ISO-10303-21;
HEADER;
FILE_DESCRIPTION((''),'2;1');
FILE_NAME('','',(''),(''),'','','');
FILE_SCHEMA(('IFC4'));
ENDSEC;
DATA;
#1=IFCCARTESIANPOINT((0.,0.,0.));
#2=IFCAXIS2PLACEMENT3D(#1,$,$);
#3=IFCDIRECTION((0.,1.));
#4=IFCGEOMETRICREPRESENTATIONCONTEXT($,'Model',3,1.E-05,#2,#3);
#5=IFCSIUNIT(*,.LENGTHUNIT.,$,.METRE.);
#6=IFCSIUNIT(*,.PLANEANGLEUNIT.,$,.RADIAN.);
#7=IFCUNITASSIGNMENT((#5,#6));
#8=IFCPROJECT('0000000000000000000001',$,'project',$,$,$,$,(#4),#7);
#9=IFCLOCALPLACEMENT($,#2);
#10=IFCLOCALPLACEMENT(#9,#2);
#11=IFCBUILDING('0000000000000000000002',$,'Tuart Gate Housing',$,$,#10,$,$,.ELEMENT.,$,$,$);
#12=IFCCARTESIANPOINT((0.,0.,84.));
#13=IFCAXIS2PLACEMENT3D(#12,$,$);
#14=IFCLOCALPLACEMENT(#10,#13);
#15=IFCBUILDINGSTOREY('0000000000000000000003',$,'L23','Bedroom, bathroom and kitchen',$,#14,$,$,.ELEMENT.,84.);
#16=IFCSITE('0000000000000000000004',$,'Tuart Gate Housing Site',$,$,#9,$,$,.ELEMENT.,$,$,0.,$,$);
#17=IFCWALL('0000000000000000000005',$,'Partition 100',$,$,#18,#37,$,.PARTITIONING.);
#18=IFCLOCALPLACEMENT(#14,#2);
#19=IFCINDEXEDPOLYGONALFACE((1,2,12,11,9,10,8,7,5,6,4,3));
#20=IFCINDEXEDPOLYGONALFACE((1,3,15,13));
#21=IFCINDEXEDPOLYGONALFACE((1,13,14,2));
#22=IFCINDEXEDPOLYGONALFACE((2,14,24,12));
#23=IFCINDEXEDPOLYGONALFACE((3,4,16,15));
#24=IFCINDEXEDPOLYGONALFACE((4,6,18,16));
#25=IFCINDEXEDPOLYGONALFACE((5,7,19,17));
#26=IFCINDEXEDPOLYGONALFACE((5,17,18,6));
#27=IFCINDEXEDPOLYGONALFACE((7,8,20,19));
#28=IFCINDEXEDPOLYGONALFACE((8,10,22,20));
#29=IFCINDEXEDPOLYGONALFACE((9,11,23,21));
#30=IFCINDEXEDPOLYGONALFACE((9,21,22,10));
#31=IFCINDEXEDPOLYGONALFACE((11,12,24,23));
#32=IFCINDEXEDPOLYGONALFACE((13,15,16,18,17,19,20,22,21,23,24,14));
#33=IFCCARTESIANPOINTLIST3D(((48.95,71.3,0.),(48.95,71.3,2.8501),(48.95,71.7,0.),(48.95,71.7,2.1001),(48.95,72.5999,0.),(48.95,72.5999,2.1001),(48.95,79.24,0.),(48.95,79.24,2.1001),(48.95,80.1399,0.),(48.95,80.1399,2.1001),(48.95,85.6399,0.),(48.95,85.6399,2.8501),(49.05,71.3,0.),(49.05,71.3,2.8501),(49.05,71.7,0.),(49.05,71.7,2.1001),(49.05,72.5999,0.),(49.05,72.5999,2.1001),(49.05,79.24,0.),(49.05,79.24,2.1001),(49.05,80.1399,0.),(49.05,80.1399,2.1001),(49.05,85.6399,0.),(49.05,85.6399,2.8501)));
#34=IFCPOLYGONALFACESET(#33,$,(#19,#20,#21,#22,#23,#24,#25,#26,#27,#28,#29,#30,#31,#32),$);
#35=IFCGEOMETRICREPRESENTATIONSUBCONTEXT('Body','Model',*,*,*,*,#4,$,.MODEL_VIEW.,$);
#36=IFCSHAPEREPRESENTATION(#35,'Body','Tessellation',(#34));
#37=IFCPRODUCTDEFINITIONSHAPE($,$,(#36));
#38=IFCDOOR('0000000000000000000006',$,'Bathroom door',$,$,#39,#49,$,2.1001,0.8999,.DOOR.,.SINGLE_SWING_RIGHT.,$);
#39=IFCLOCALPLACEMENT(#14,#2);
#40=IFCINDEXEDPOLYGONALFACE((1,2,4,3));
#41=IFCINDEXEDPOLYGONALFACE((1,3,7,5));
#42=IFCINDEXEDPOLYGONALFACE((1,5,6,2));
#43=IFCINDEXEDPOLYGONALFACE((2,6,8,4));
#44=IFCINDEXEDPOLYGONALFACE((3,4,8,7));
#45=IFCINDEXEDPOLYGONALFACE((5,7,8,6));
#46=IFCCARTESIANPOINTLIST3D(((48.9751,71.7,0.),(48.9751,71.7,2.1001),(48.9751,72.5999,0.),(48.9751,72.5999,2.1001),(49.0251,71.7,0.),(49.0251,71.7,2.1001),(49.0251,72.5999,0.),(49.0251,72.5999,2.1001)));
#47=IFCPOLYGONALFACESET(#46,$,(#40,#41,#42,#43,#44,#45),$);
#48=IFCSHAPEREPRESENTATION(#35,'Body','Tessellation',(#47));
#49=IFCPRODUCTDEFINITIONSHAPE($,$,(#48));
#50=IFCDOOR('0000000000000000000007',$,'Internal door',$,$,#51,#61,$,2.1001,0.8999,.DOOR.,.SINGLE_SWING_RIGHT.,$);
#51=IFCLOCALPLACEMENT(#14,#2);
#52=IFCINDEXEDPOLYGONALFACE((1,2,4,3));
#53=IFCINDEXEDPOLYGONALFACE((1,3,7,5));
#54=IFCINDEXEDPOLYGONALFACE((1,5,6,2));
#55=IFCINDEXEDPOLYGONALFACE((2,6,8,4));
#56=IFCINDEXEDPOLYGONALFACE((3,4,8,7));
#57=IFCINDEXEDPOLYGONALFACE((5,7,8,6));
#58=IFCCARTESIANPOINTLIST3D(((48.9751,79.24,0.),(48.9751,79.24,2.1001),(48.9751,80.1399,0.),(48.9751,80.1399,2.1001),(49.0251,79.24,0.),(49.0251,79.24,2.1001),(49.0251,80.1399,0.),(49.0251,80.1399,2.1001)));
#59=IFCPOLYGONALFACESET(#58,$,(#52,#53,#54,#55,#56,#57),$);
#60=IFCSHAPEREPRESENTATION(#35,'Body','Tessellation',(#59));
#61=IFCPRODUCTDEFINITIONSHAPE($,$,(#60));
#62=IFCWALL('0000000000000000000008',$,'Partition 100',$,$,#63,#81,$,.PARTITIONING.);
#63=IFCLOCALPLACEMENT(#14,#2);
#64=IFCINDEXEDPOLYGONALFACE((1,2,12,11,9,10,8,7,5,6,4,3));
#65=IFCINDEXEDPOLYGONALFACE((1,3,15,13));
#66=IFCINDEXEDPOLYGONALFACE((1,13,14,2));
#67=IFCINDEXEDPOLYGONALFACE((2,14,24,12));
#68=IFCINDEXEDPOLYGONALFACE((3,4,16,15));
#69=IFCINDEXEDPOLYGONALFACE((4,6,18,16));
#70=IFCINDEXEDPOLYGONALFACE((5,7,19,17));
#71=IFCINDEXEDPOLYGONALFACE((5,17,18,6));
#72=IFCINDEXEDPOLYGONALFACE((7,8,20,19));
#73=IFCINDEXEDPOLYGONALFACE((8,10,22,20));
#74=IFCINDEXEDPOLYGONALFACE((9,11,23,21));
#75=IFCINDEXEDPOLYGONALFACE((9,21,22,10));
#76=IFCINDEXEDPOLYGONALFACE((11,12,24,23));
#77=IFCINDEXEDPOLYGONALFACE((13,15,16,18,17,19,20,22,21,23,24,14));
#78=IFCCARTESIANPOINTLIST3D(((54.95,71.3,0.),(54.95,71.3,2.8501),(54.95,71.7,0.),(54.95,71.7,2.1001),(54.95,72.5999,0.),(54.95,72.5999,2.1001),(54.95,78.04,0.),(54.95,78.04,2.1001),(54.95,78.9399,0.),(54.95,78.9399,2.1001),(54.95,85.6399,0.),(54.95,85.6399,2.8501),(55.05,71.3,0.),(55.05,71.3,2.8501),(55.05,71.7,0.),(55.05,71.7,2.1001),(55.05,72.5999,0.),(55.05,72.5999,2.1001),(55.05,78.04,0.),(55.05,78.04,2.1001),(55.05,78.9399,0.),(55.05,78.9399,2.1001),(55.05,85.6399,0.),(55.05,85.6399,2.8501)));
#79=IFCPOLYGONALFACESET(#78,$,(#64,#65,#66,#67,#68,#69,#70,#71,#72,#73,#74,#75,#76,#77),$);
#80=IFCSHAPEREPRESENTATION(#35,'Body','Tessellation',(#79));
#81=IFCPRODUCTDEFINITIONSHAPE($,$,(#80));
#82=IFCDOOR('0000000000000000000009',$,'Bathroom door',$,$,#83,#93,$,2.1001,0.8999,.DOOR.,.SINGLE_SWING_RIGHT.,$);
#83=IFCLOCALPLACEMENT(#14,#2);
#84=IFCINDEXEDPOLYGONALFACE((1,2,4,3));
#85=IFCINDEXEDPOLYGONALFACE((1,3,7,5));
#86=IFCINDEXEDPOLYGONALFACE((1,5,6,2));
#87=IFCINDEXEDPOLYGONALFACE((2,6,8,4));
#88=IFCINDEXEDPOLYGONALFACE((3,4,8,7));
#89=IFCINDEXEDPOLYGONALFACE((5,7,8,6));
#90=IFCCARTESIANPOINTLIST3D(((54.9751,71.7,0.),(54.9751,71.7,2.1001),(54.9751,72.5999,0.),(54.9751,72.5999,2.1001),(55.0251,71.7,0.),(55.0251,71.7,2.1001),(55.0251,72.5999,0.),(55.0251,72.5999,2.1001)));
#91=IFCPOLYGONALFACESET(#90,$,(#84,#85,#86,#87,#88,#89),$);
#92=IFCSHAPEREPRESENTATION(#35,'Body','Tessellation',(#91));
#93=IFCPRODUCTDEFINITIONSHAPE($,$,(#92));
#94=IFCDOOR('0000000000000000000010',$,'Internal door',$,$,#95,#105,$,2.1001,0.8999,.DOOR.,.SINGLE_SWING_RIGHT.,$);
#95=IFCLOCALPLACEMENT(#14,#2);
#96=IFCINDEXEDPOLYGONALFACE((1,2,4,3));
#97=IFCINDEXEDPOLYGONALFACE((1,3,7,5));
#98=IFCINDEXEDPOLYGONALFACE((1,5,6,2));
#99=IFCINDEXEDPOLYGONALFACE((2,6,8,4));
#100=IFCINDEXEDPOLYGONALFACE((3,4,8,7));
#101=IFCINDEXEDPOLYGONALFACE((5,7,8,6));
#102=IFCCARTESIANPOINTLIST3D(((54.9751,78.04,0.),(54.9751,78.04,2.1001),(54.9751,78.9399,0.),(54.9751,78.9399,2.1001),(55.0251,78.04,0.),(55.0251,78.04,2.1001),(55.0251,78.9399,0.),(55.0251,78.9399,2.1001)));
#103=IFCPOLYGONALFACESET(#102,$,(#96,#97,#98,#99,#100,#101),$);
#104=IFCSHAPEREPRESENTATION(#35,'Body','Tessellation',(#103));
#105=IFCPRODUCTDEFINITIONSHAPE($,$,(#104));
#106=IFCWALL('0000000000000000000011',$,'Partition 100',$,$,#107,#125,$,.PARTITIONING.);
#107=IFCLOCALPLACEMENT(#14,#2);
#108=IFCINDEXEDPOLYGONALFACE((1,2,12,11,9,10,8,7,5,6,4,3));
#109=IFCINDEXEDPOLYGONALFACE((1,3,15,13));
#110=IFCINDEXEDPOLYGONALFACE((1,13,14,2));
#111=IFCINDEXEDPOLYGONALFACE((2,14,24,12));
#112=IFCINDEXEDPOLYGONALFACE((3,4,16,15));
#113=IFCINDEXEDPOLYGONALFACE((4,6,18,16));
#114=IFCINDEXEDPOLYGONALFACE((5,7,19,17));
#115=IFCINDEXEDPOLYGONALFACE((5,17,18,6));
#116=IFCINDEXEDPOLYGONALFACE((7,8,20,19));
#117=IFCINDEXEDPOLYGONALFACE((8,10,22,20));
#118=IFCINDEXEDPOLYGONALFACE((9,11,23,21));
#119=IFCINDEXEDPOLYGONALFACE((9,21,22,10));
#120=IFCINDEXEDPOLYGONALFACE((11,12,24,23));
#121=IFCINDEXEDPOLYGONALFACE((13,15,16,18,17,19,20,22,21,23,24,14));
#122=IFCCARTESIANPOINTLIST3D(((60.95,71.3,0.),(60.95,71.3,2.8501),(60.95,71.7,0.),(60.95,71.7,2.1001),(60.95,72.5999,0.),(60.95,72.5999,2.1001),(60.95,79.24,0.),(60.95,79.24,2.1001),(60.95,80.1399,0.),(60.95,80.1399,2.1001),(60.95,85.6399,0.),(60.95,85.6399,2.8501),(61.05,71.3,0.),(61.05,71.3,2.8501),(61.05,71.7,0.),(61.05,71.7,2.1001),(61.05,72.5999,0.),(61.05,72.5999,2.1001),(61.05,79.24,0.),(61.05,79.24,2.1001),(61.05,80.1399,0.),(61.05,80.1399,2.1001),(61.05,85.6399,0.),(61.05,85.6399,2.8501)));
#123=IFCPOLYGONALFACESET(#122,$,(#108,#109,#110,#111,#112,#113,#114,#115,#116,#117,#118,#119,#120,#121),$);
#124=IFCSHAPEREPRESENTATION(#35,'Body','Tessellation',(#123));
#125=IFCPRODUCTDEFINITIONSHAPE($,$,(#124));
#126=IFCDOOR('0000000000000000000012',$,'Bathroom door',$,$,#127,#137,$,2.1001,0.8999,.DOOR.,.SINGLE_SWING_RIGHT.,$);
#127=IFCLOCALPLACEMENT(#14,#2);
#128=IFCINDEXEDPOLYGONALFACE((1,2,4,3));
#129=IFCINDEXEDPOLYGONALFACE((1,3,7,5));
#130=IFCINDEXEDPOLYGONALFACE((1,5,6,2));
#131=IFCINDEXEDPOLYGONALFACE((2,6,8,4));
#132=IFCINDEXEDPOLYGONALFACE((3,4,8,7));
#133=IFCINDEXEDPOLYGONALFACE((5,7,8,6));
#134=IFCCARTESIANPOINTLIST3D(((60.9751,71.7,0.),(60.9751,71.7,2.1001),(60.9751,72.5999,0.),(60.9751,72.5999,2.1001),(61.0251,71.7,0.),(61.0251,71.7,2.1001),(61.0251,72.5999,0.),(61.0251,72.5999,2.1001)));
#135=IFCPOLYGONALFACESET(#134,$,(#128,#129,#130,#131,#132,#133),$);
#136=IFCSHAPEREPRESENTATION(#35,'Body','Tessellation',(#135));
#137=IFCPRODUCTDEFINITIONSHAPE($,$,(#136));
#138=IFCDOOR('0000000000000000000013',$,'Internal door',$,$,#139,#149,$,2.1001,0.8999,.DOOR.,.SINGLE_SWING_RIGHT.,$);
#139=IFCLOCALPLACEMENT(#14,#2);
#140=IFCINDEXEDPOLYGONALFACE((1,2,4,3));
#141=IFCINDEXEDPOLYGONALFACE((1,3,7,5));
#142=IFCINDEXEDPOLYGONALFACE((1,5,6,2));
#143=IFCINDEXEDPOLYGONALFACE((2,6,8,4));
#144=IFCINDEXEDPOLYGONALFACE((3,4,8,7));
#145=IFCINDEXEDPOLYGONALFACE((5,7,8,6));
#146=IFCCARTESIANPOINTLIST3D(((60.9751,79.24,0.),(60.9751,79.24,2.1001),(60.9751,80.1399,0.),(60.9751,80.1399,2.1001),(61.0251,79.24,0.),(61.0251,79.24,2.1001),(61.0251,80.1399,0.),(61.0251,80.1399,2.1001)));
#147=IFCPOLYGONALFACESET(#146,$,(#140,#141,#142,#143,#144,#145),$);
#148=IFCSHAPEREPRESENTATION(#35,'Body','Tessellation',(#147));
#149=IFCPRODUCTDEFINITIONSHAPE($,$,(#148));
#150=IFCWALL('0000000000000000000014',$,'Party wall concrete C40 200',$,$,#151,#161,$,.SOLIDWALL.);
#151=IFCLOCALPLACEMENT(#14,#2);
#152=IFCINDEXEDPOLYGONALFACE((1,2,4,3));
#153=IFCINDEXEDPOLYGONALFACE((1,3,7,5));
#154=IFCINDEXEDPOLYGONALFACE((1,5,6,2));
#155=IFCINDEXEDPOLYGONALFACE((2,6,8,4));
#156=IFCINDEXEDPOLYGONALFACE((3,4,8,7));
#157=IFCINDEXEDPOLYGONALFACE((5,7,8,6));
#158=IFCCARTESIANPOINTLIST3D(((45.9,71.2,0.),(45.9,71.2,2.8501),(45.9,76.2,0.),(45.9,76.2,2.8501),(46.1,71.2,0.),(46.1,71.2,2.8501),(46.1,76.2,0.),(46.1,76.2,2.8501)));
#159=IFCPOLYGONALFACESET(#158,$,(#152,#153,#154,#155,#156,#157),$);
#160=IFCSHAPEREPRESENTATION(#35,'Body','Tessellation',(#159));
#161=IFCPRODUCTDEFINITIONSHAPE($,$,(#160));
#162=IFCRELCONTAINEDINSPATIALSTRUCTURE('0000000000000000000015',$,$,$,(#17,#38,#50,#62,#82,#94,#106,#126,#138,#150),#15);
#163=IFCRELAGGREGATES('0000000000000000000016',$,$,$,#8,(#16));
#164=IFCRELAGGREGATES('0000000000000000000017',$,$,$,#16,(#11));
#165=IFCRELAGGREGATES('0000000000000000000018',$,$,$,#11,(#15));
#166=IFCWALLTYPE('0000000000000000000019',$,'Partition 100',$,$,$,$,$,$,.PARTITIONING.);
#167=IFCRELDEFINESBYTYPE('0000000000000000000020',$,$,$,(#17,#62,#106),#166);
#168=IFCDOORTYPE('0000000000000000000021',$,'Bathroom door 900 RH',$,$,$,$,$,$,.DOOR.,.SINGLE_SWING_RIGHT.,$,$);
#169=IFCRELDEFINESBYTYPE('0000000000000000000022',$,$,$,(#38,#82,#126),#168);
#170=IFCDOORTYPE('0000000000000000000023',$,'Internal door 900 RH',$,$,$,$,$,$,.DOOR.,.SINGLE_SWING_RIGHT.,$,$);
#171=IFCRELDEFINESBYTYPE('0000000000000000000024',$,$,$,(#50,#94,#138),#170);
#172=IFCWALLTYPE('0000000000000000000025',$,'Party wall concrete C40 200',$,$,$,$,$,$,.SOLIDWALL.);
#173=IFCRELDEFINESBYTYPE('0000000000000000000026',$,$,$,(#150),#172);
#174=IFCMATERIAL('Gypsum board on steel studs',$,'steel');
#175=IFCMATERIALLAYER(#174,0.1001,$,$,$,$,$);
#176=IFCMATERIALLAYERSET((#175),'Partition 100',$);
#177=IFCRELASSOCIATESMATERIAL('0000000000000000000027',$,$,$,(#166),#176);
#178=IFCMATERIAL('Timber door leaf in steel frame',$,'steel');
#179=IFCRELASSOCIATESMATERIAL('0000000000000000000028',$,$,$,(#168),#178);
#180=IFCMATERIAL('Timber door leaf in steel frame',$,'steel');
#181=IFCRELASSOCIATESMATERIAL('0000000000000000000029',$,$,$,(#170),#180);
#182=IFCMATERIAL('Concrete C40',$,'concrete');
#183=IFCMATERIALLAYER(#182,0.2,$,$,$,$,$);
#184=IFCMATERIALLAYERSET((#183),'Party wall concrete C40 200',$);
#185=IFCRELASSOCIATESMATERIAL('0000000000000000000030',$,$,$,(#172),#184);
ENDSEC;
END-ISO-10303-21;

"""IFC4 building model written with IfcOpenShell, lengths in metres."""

from ifc_helpers import new_model, si_unit, direction, frame, frame_2d, origin, place, context, subcontext, project, spatial, rectangle, extrude, material, layer, layer_set, type_object, element, fill, save


model = new_model("IFC4")

# Units and contexts
model_context = context("Model", 3, precision=1e-05, world=origin(), true_north=direction((0.0, 1.0)))
body_context = subcontext(model_context, "Body", "Model", "MODEL_VIEW")
ifc_project = project(units=[si_unit("LENGTHUNIT", "METRE"), si_unit("PLANEANGLEUNIT", "RADIAN")], contexts=[model_context])

# Site, building, storey
site_placement = place(None, origin())
site = spatial("IfcSite", under=ifc_project, at=site_placement, Name="Tuart Gate Housing Site", CompositionType="ELEMENT", RefElevation=0.0)
building_placement = place(site_placement, origin())
building = spatial("IfcBuilding", under=site, at=building_placement, Name="Tuart Gate Housing", CompositionType="ELEMENT")
storey_placement = place(building_placement, frame((0.0, 0.0, 84.0)))
storey = spatial("IfcBuildingStorey", under=building, at=storey_placement, Name="L23", Description="Bedroom, bathroom and kitchen", CompositionType="ELEMENT", Elevation=84.0)

# Shared definitions
ifc_material_1 = material(Name="Gypsum board on steel studs", Category="steel")
ifc_layer_1 = layer(ifc_material_1, 0.1001)
ifc_layer_set_1 = layer_set([ifc_layer_1], Name="Partition 100")
wall_type_1 = type_object("IfcWallType", Name="Partition 100", PredefinedType="PARTITIONING", material=ifc_layer_set_1)

# Walls, openings, doors
wall_1_placement = place(storey_placement, frame((49.0, 71.3, 0.0), z_axis=(0.0, 0.0, 1.0), x_axis=(0.0, 1.0, 0.0)))
wall_1 = element("IfcWall", 1, at=wall_1_placement, inside=storey, type_object=wall_type_1, Name="Partition 100", PredefinedType="PARTITIONING", context=body_context, shape_type="SweptSolid", body=[
    extrude(rectangle(XDim=14.3398, YDim=0.1001, at=frame_2d((7.1699, 0.0))), origin(), (0.0, 0.0, 1.0), 2.8501),
])
opening_1_placement = place(wall_1_placement, frame((7.9399, 0.0, 0.0)))
opening_1 = element("IfcOpeningElement", 2, at=opening_1_placement, cuts=wall_1, PredefinedType="OPENING", context=body_context, shape_type="SweptSolid", body=[
    extrude(rectangle(XDim=0.8999, YDim=2.1001, at=frame_2d((0.45, 1.05))), frame((0.0, 0.0601, 0.0), z_axis=(0.0, -1.0, 0.0), x_axis=(1.0, 0.0, 0.0)), (0.0, 0.0, 1.0), 0.1201),
])
opening_2_placement = place(wall_1_placement, frame((0.3999, 0.0, 0.0)))
opening_2 = element("IfcOpeningElement", 3, at=opening_2_placement, cuts=wall_1, PredefinedType="OPENING", context=body_context, shape_type="SweptSolid", body=[
    extrude(rectangle(XDim=0.8999, YDim=2.1001, at=frame_2d((0.45, 1.05))), frame((0.0, 0.0601, 0.0), z_axis=(0.0, -1.0, 0.0), x_axis=(1.0, 0.0, 0.0)), (0.0, 0.0, 1.0), 0.1201),
])
ifc_material_2 = material(Name="Timber door leaf in steel frame", Category="steel")
door_type_1 = type_object("IfcDoorType", Name="Bathroom door 900 RH", OperationType="SINGLE_SWING_RIGHT", PredefinedType="DOOR", material=ifc_material_2)
door_1_placement = place(opening_2_placement, frame((0.8999, 0.0, 0.0), z_axis=(0.0, 0.0, 1.0), x_axis=(-1.0, 0.0, 0.0)))
door_1 = element("IfcDoor", 4, at=door_1_placement, inside=storey, type_object=door_type_1, Name="Bathroom door", OperationType="SINGLE_SWING_RIGHT", OverallHeight=2.1001, OverallWidth=0.8999, PredefinedType="DOOR", context=body_context, shape_type="SweptSolid", body=[
    extrude(rectangle(XDim=0.8999, YDim=2.1001, at=frame_2d((0.45, 1.05))), frame((0.0, 0.0251, 0.0), z_axis=(0.0, -1.0, 0.0), x_axis=(1.0, 0.0, 0.0)), (0.0, 0.0, 1.0), 0.05),
])
fill(opening_2, door_1)
ifc_material_3 = material(Name="Timber door leaf in steel frame", Category="steel")
door_type_2 = type_object("IfcDoorType", Name="Internal door 900 RH", OperationType="SINGLE_SWING_RIGHT", PredefinedType="DOOR", material=ifc_material_3)
door_2_placement = place(opening_1_placement, frame((0.8999, 0.0, 0.0), z_axis=(0.0, 0.0, 1.0), x_axis=(-1.0, 0.0, 0.0)))
door_2 = element("IfcDoor", 5, at=door_2_placement, inside=storey, type_object=door_type_2, Name="Internal door", OperationType="SINGLE_SWING_RIGHT", OverallHeight=2.1001, OverallWidth=0.8999, PredefinedType="DOOR", context=body_context, shape_type="SweptSolid", body=[
    extrude(rectangle(XDim=0.8999, YDim=2.1001, at=frame_2d((0.45, 1.05))), frame((0.0, 0.0251, 0.0), z_axis=(0.0, -1.0, 0.0), x_axis=(1.0, 0.0, 0.0)), (0.0, 0.0, 1.0), 0.05),
])
fill(opening_1, door_2)
wall_2_placement = place(storey_placement, frame((55.0, 71.3, 0.0), z_axis=(0.0, 0.0, 1.0), x_axis=(0.0, 1.0, 0.0)))
wall_2 = element("IfcWall", 6, at=wall_2_placement, inside=storey, type_object=wall_type_1, Name="Partition 100", PredefinedType="PARTITIONING", context=body_context, shape_type="SweptSolid", body=[
    extrude(rectangle(XDim=14.3398, YDim=0.1001, at=frame_2d((7.1699, 0.0))), origin(), (0.0, 0.0, 1.0), 2.8501),
])
opening_3_placement = place(wall_2_placement, frame((6.74, 0.0, 0.0)))
opening_3 = element("IfcOpeningElement", 7, at=opening_3_placement, cuts=wall_2, PredefinedType="OPENING", context=body_context, shape_type="SweptSolid", body=[
    extrude(rectangle(XDim=0.8999, YDim=2.1001, at=frame_2d((0.45, 1.05))), frame((0.0, 0.0601, 0.0), z_axis=(0.0, -1.0, 0.0), x_axis=(1.0, 0.0, 0.0)), (0.0, 0.0, 1.0), 0.1201),
])
opening_4_placement = place(wall_2_placement, frame((0.3999, 0.0, 0.0)))
opening_4 = element("IfcOpeningElement", 8, at=opening_4_placement, cuts=wall_2, PredefinedType="OPENING", context=body_context, shape_type="SweptSolid", body=[
    extrude(rectangle(XDim=0.8999, YDim=2.1001, at=frame_2d((0.45, 1.05))), frame((0.0, 0.0601, 0.0), z_axis=(0.0, -1.0, 0.0), x_axis=(1.0, 0.0, 0.0)), (0.0, 0.0, 1.0), 0.1201),
])
door_3_placement = place(opening_4_placement, frame((0.8999, 0.0, 0.0), z_axis=(0.0, 0.0, 1.0), x_axis=(-1.0, 0.0, 0.0)))
door_3 = element("IfcDoor", 9, at=door_3_placement, inside=storey, type_object=door_type_1, Name="Bathroom door", OperationType="SINGLE_SWING_RIGHT", OverallHeight=2.1001, OverallWidth=0.8999, PredefinedType="DOOR", context=body_context, shape_type="SweptSolid", body=[
    extrude(rectangle(XDim=0.8999, YDim=2.1001, at=frame_2d((0.45, 1.05))), frame((0.0, 0.0251, 0.0), z_axis=(0.0, -1.0, 0.0), x_axis=(1.0, 0.0, 0.0)), (0.0, 0.0, 1.0), 0.05),
])
fill(opening_4, door_3)
door_4_placement = place(opening_3_placement, frame((0.8999, 0.0, 0.0), z_axis=(0.0, 0.0, 1.0), x_axis=(-1.0, 0.0, 0.0)))
door_4 = element("IfcDoor", 10, at=door_4_placement, inside=storey, type_object=door_type_2, Name="Internal door", OperationType="SINGLE_SWING_RIGHT", OverallHeight=2.1001, OverallWidth=0.8999, PredefinedType="DOOR", context=body_context, shape_type="SweptSolid", body=[
    extrude(rectangle(XDim=0.8999, YDim=2.1001, at=frame_2d((0.45, 1.05))), frame((0.0, 0.0251, 0.0), z_axis=(0.0, -1.0, 0.0), x_axis=(1.0, 0.0, 0.0)), (0.0, 0.0, 1.0), 0.05),
])
fill(opening_3, door_4)
wall_3_placement = place(storey_placement, frame((61.0, 71.3, 0.0), z_axis=(0.0, 0.0, 1.0), x_axis=(0.0, 1.0, 0.0)))
wall_3 = element("IfcWall", 11, at=wall_3_placement, inside=storey, type_object=wall_type_1, Name="Partition 100", PredefinedType="PARTITIONING", context=body_context, shape_type="SweptSolid", body=[
    extrude(rectangle(XDim=14.3398, YDim=0.1001, at=frame_2d((7.1699, 0.0))), origin(), (0.0, 0.0, 1.0), 2.8501),
])
opening_5_placement = place(wall_3_placement, frame((7.9399, 0.0, 0.0)))
opening_5 = element("IfcOpeningElement", 12, at=opening_5_placement, cuts=wall_3, PredefinedType="OPENING", context=body_context, shape_type="SweptSolid", body=[
    extrude(rectangle(XDim=0.8999, YDim=2.1001, at=frame_2d((0.45, 1.05))), frame((0.0, 0.0601, 0.0), z_axis=(0.0, -1.0, 0.0), x_axis=(1.0, 0.0, 0.0)), (0.0, 0.0, 1.0), 0.1201),
])
opening_6_placement = place(wall_3_placement, frame((0.3999, 0.0, 0.0)))
opening_6 = element("IfcOpeningElement", 13, at=opening_6_placement, cuts=wall_3, PredefinedType="OPENING", context=body_context, shape_type="SweptSolid", body=[
    extrude(rectangle(XDim=0.8999, YDim=2.1001, at=frame_2d((0.45, 1.05))), frame((0.0, 0.0601, 0.0), z_axis=(0.0, -1.0, 0.0), x_axis=(1.0, 0.0, 0.0)), (0.0, 0.0, 1.0), 0.1201),
])
door_5_placement = place(opening_6_placement, frame((0.8999, 0.0, 0.0), z_axis=(0.0, 0.0, 1.0), x_axis=(-1.0, 0.0, 0.0)))
door_5 = element("IfcDoor", 14, at=door_5_placement, inside=storey, type_object=door_type_1, Name="Bathroom door", OperationType="SINGLE_SWING_RIGHT", OverallHeight=2.1001, OverallWidth=0.8999, PredefinedType="DOOR", context=body_context, shape_type="SweptSolid", body=[
    extrude(rectangle(XDim=0.8999, YDim=2.1001, at=frame_2d((0.45, 1.05))), frame((0.0, 0.0251, 0.0), z_axis=(0.0, -1.0, 0.0), x_axis=(1.0, 0.0, 0.0)), (0.0, 0.0, 1.0), 0.05),
])
fill(opening_6, door_5)
door_6_placement = place(opening_5_placement, frame((0.8999, 0.0, 0.0), z_axis=(0.0, 0.0, 1.0), x_axis=(-1.0, 0.0, 0.0)))
door_6 = element("IfcDoor", 15, at=door_6_placement, inside=storey, type_object=door_type_2, Name="Internal door", OperationType="SINGLE_SWING_RIGHT", OverallHeight=2.1001, OverallWidth=0.8999, PredefinedType="DOOR", context=body_context, shape_type="SweptSolid", body=[
    extrude(rectangle(XDim=0.8999, YDim=2.1001, at=frame_2d((0.45, 1.05))), frame((0.0, 0.0251, 0.0), z_axis=(0.0, -1.0, 0.0), x_axis=(1.0, 0.0, 0.0)), (0.0, 0.0, 1.0), 0.05),
])
fill(opening_5, door_6)

# Wall
ifc_material_4 = material(Name="Concrete C40", Category="concrete")
ifc_layer_2 = layer(ifc_material_4, 0.2)
ifc_layer_set_2 = layer_set([ifc_layer_2], Name="Party wall concrete C40 200")
wall_type_2 = type_object("IfcWallType", Name="Party wall concrete C40 200", PredefinedType="SOLIDWALL", material=ifc_layer_set_2)
wall_4_placement = place(storey_placement, frame((46.0, 71.2, 0.0), z_axis=(0.0, 0.0, 1.0), x_axis=(0.0, 1.0, 0.0)))
element("IfcWall", 16, at=wall_4_placement, inside=storey, type_object=wall_type_2, Name="Party wall concrete C40 200", PredefinedType="SOLIDWALL", context=body_context, shape_type="SweptSolid", body=[
    extrude(rectangle(XDim=5.0, YDim=0.2, at=frame_2d((2.5, 0.0))), origin(), (0.0, 0.0, 1.0), 2.8501),
])

save(model, "model.ifc")
